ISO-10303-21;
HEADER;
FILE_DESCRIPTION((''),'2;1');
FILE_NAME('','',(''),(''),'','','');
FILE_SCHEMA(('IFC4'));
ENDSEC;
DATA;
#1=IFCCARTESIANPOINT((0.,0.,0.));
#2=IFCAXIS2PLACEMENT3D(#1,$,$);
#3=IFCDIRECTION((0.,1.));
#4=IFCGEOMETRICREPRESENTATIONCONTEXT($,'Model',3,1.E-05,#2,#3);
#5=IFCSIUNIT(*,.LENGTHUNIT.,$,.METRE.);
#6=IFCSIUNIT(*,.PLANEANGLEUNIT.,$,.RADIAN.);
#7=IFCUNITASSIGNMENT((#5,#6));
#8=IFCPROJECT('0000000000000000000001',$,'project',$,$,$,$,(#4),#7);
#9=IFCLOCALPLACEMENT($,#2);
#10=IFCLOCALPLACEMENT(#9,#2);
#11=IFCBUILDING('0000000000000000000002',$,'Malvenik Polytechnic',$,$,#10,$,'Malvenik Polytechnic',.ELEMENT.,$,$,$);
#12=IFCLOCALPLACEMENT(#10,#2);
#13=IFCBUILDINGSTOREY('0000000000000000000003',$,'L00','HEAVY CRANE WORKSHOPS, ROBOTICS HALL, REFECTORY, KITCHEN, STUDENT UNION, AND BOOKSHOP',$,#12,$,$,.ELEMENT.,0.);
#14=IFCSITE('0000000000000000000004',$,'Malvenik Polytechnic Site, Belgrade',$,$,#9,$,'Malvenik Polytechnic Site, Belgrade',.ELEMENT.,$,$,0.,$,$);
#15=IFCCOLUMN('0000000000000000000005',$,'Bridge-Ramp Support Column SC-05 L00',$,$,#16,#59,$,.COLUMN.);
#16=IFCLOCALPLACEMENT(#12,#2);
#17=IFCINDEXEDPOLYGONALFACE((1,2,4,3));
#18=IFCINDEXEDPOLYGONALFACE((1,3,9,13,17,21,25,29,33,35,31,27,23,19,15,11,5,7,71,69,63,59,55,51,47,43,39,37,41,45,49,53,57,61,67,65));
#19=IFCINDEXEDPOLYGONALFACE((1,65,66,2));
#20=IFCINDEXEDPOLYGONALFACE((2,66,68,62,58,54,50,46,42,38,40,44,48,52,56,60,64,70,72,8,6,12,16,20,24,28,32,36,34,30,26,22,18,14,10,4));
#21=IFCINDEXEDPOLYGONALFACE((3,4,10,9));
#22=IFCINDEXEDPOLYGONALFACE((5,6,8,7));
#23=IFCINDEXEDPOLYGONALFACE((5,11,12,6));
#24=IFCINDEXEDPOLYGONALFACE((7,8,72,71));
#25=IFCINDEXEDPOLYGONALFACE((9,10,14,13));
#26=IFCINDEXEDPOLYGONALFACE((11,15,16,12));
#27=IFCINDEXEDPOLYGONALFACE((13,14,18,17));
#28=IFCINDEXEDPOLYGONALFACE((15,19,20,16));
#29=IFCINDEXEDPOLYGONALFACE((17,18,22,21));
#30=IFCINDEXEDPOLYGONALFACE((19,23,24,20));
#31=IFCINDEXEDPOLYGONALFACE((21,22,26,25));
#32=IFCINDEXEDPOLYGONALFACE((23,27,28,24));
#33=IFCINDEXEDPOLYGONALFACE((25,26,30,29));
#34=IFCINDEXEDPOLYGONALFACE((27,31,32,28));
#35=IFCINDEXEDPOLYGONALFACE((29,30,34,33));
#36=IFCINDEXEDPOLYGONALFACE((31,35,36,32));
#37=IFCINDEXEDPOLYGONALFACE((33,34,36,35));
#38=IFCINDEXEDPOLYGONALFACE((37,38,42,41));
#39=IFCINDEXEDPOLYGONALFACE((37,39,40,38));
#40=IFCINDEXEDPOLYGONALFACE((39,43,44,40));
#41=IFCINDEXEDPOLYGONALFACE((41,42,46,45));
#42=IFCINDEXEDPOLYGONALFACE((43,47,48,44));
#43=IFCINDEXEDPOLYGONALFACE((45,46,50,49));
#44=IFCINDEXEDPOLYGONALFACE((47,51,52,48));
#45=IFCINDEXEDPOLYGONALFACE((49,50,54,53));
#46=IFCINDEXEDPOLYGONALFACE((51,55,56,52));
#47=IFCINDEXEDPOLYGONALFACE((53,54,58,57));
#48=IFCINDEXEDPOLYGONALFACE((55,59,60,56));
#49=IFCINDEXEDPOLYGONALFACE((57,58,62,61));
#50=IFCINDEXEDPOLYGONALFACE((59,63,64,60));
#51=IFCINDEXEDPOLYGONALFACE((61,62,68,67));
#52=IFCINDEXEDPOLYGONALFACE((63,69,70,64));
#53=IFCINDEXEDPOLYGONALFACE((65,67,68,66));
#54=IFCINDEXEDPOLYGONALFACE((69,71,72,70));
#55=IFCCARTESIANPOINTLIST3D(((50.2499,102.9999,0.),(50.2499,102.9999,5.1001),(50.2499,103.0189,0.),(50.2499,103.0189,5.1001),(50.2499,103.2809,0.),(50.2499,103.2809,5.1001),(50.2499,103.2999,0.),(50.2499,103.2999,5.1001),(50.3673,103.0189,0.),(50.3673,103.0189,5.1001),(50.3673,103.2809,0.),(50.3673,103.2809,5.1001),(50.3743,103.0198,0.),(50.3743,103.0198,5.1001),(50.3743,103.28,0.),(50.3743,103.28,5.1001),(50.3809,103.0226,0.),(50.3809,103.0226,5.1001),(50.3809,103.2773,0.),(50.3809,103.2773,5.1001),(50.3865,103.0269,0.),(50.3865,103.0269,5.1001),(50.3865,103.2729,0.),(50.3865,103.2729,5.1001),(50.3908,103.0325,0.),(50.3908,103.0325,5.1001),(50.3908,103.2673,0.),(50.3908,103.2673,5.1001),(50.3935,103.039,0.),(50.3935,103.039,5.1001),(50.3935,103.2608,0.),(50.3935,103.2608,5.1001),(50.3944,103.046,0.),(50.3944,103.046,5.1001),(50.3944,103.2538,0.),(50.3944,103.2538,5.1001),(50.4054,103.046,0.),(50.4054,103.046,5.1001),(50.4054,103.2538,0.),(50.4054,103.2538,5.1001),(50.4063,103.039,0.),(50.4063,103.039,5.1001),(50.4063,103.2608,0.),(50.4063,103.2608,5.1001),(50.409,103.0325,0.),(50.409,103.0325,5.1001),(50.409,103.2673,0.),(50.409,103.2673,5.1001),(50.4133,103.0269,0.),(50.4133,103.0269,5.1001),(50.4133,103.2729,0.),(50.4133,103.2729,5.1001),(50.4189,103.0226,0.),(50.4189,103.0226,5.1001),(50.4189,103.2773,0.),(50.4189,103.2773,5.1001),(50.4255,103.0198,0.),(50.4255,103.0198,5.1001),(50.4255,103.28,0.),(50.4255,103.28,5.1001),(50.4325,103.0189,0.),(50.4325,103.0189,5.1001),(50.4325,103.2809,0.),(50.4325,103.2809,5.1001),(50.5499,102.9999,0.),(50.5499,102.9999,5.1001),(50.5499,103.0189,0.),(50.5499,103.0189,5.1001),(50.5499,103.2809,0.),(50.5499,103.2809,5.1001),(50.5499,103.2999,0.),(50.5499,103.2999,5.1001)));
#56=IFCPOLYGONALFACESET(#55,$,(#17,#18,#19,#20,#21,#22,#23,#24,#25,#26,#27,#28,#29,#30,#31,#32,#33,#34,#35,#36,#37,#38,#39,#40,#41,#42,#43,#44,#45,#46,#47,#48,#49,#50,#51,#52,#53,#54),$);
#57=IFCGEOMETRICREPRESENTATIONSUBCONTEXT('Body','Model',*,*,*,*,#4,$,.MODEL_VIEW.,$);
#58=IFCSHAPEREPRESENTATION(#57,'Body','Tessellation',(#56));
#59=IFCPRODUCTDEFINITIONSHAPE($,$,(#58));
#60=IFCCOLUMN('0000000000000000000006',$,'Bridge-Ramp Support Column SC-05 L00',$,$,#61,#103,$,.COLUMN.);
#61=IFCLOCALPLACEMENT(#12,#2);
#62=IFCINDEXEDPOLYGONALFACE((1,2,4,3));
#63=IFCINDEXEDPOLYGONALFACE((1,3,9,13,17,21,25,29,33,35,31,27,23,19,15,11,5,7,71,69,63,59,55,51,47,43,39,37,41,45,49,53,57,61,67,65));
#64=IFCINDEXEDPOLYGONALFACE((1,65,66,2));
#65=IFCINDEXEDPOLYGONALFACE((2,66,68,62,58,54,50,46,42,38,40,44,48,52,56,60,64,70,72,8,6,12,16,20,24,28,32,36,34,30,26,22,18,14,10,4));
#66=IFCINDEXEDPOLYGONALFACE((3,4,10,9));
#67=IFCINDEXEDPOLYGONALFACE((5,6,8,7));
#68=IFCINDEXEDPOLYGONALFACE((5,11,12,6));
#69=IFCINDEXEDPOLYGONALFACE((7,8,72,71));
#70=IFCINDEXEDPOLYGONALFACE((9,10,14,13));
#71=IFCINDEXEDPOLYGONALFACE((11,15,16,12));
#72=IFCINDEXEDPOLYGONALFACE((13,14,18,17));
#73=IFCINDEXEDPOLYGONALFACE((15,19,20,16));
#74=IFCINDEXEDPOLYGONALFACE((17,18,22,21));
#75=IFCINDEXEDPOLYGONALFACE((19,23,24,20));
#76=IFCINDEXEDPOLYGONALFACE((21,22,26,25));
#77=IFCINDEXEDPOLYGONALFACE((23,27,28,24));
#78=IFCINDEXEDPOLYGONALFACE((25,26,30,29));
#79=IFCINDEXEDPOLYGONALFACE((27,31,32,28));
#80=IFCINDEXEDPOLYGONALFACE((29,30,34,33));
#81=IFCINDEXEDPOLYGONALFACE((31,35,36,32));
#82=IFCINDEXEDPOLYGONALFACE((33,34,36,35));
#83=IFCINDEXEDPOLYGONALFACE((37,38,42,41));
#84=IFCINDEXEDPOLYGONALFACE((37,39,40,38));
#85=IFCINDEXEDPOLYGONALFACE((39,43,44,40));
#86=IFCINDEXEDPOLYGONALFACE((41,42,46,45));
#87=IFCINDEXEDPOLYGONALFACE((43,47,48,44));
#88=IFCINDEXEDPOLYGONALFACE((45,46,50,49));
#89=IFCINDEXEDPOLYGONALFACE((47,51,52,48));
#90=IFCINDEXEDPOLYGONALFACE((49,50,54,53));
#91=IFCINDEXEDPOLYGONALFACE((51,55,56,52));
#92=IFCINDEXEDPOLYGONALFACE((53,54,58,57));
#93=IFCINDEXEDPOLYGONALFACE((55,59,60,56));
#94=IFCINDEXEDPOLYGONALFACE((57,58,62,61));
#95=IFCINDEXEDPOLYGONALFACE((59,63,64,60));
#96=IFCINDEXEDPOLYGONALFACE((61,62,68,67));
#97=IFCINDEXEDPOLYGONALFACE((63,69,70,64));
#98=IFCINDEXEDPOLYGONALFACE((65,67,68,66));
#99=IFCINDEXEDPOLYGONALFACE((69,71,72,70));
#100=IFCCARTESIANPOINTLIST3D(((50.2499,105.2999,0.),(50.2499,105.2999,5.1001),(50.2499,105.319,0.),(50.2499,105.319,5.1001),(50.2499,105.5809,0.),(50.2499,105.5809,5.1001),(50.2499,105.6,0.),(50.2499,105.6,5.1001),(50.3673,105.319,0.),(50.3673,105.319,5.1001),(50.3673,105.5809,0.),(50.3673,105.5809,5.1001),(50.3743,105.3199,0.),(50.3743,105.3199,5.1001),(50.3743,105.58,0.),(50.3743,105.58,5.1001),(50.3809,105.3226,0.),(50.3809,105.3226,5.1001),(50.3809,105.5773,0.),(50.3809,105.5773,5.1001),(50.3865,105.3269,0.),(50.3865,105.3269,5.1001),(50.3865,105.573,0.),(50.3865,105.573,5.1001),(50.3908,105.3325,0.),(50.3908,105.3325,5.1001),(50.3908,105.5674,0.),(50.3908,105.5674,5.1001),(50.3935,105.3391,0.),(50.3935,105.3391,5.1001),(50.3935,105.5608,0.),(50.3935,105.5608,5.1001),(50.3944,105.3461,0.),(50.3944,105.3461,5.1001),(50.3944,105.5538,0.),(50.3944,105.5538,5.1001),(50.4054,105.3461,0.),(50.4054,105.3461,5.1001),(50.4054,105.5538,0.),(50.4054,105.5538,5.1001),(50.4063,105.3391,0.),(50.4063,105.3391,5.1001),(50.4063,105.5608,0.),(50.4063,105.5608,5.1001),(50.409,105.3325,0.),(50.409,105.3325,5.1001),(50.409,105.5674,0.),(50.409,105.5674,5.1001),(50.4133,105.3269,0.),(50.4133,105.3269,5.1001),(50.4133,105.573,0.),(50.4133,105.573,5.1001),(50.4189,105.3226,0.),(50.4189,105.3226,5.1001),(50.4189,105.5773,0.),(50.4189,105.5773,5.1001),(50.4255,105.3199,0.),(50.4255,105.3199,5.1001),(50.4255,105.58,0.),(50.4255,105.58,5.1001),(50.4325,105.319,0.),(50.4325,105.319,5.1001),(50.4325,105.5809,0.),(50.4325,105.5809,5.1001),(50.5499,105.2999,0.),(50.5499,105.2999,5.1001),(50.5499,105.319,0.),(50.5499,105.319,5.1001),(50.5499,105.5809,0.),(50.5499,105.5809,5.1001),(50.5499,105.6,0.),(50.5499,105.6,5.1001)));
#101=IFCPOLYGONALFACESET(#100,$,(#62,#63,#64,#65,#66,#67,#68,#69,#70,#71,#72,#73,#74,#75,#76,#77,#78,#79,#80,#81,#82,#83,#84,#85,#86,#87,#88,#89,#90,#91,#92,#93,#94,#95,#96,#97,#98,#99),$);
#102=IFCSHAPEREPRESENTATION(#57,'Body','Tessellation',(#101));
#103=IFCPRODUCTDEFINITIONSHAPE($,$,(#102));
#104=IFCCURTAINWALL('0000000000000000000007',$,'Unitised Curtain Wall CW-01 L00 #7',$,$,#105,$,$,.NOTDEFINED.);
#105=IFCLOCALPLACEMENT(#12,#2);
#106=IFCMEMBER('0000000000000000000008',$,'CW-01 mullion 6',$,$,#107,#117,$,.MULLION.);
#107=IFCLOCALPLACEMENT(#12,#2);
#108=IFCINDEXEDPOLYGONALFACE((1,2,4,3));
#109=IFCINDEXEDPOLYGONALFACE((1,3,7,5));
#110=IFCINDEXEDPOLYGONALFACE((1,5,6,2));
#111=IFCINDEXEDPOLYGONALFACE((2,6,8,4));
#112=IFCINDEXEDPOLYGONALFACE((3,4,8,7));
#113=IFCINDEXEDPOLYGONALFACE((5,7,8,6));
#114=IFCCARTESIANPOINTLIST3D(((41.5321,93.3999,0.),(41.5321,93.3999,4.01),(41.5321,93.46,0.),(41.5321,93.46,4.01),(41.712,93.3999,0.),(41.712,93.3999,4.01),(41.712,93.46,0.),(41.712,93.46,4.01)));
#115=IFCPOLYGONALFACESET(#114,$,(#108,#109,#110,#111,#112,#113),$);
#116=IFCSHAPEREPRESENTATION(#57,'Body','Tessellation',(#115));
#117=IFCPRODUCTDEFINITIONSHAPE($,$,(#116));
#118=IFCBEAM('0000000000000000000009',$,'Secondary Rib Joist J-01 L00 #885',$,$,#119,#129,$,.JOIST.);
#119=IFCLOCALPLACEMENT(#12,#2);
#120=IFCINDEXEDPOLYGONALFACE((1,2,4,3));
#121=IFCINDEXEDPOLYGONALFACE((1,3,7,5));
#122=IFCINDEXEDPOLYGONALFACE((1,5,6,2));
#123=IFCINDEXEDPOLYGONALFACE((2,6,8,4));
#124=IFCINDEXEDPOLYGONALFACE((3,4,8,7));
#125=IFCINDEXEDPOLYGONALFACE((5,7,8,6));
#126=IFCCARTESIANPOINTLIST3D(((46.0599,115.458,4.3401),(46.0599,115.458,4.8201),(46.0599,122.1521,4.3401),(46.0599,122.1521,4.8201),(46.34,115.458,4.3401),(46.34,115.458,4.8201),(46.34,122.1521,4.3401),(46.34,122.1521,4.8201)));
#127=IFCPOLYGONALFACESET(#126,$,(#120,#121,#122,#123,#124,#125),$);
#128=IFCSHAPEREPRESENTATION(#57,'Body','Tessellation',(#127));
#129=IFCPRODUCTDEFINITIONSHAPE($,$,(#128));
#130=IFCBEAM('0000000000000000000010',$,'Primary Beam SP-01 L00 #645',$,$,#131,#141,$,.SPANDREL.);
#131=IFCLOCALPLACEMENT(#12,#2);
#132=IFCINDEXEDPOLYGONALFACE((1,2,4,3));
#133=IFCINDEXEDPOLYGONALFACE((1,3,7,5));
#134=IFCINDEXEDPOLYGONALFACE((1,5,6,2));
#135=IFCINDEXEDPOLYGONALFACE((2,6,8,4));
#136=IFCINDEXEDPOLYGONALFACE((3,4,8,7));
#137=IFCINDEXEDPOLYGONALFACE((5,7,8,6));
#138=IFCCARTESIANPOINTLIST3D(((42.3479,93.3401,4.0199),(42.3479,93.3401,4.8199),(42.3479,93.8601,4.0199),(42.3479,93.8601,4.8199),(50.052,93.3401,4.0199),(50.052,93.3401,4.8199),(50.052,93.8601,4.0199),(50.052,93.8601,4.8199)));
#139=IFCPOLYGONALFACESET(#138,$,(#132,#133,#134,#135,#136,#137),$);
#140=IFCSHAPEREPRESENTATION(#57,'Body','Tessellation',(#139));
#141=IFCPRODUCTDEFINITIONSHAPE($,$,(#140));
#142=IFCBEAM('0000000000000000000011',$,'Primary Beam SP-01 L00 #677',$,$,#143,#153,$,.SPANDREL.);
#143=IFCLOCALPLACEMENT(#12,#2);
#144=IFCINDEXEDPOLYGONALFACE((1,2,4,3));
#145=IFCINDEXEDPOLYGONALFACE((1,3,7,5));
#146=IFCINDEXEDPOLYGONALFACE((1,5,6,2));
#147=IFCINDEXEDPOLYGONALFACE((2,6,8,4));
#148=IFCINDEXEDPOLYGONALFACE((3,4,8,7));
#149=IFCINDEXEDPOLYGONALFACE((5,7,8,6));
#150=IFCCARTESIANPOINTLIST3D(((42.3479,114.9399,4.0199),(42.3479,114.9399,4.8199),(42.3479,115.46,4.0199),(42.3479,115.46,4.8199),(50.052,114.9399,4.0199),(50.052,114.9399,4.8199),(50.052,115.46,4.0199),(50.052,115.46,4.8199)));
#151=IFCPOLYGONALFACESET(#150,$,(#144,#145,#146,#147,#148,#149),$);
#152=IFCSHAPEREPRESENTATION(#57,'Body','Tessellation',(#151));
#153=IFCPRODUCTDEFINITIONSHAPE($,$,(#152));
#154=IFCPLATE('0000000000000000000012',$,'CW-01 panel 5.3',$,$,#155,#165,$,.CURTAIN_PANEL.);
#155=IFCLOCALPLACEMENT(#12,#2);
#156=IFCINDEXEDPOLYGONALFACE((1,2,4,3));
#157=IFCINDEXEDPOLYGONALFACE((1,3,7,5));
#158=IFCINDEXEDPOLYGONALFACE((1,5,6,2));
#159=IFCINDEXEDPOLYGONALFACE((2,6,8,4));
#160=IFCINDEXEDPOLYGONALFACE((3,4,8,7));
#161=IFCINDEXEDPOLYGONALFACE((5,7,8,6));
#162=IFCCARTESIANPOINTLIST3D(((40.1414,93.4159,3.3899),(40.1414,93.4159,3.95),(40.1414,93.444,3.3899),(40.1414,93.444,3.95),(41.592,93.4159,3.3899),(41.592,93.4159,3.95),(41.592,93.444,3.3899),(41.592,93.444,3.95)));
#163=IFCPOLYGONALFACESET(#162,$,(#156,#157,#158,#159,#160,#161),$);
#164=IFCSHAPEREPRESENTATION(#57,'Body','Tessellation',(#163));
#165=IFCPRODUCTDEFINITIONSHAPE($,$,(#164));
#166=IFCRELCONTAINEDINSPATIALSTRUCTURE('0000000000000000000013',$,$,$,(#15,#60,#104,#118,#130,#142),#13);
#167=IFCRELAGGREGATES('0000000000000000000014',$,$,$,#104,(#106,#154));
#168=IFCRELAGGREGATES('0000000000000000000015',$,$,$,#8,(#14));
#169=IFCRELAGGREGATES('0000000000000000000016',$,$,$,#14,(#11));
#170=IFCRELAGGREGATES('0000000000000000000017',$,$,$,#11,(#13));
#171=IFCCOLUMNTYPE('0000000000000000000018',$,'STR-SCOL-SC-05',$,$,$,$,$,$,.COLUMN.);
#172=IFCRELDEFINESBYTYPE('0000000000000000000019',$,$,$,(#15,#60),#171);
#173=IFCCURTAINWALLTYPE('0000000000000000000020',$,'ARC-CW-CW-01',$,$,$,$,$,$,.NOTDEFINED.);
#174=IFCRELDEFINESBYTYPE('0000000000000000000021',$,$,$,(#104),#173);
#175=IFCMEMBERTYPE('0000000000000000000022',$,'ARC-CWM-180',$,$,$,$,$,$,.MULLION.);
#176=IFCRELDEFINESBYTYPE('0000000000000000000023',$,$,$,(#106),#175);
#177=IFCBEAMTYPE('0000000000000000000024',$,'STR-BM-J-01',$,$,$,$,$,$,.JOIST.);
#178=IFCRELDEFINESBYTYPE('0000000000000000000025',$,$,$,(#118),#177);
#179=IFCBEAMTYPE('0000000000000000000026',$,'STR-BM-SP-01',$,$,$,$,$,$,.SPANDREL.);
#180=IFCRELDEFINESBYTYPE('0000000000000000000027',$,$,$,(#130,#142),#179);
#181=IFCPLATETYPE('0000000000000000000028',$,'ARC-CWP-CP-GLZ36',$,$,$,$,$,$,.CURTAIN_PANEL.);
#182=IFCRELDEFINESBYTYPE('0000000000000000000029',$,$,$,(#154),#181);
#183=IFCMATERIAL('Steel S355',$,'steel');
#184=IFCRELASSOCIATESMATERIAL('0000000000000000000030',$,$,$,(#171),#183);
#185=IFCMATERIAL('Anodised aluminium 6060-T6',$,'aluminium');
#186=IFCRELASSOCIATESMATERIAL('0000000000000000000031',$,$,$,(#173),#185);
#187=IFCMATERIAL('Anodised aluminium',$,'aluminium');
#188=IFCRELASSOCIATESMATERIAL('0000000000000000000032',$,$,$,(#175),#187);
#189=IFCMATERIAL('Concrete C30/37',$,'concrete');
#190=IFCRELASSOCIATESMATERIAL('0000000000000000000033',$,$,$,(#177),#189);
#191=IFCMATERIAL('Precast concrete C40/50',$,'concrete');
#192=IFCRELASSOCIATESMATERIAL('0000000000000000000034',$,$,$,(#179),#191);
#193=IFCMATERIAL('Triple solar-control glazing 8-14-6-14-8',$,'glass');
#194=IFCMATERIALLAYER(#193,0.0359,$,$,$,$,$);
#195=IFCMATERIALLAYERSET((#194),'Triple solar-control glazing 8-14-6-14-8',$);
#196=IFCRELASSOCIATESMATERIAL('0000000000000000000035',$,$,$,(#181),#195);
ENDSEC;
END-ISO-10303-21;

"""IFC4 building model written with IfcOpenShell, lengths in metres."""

from ifc_helpers import new_model, si_unit, direction, frame, origin, origin_2d, place, context, subcontext, project, spatial, rectangle, i_section, extrude, material, layer, layer_set, material_profile, profile_set, type_object, element, aggregate, save


model = new_model("IFC4")

# Units and contexts
model_context = context("Model", 3, precision=1e-05, world=origin(), true_north=direction((0.0, 1.0)))
body_context = subcontext(model_context, "Body", "Model", "MODEL_VIEW")
ifc_project = project(units=[si_unit("LENGTHUNIT", "METRE"), si_unit("PLANEANGLEUNIT", "RADIAN")], contexts=[model_context])

# Site, building, storey
site_placement = place(None, origin())
site = spatial("IfcSite", under=ifc_project, at=site_placement, Name="Malvenik Polytechnic Site, Belgrade", LongName="Malvenik Polytechnic Site, Belgrade", CompositionType="ELEMENT", RefElevation=0.0)
building_placement = place(site_placement, origin())
building = spatial("IfcBuilding", under=site, at=building_placement, Name="Malvenik Polytechnic", LongName="Malvenik Polytechnic", CompositionType="ELEMENT")
storey_placement = place(building_placement, origin())
storey = spatial("IfcBuildingStorey", under=building, at=storey_placement, Name="L00", Description="HEAVY CRANE WORKSHOPS, ROBOTICS HALL, REFECTORY, KITCHEN, STUDENT UNION, AND BOOKSHOP", CompositionType="ELEMENT", Elevation=0.0)

# Columns
ifc_material_1 = material(Name="Steel S355", Category="steel")
ifc_material_profile_1 = material_profile(ifc_material_1, i_section(OverallWidth=0.3, OverallDepth=0.3, WebThickness=0.011, FlangeThickness=0.019, FilletRadius=0.0271, at=origin_2d()), Name="HEB 300")
ifc_profile_set_1 = profile_set([ifc_material_profile_1], Name="Steel S355")
column_type_1 = type_object("IfcColumnType", Name="STR-SCOL-SC-05", PredefinedType="COLUMN", material=ifc_profile_set_1)
for number, where, z_axis, x_axis, name in (
    (1, (50.3999, 103.1499, 0.0), (0.0, 0.0, 1.0), (1.0, 0.0, 0.0), "Bridge-Ramp Support Column SC-05 L00"),
    (2, (50.3999, 105.45, 0.0), (0.0, 0.0, 1.0), (1.0, 0.0, 0.0), "Bridge-Ramp Support Column SC-05 L00"),
):
    element("IfcColumn", number, at=place(storey_placement, frame(where, z_axis=z_axis, x_axis=x_axis)), inside=storey, type_object=column_type_1, Name=name, PredefinedType="COLUMN", context=body_context, shape_type="SweptSolid", body=[
        extrude(i_section(OverallWidth=0.3, OverallDepth=0.3, WebThickness=0.011, FlangeThickness=0.019, FilletRadius=0.0271, at=origin_2d()), origin(), (0.0, 0.0, 1.0), 5.1001),
    ])

# Curtain wall, member
ifc_material_2 = material(Name="Anodised aluminium 6060-T6", Category="aluminium")
curtain_wall_type = type_object("IfcCurtainWallType", Name="ARC-CW-CW-01", PredefinedType="NOTDEFINED", material=ifc_material_2)
curtain_wall_placement = place(storey_placement, origin())
curtain_wall = element("IfcCurtainWall", 3, at=curtain_wall_placement, inside=storey, type_object=curtain_wall_type, Name="Unitised Curtain Wall CW-01 L00 #7", PredefinedType="NOTDEFINED")
ifc_material_3 = material(Name="Anodised aluminium", Category="aluminium")
ifc_material_profile_2 = material_profile(ifc_material_3, rectangle(XDim=0.0601, YDim=0.1799, at=origin_2d()), Name="ALU MULLION 60x180")
ifc_profile_set_2 = profile_set([ifc_material_profile_2], Name="Anodised aluminium")
member_type = type_object("IfcMemberType", Name="ARC-CWM-180", PredefinedType="MULLION", material=ifc_profile_set_2)
member_placement = place(storey_placement, frame((41.6221, 93.4299, 0.0), z_axis=(0.0, 0.0, 1.0), x_axis=(0.0, 1.0, 0.0)))
member = element("IfcMember", 4, at=member_placement, type_object=member_type, Name="CW-01 mullion 6", PredefinedType="MULLION", context=body_context, shape_type="SweptSolid", body=[
    extrude(rectangle(XDim=0.0601, YDim=0.1799, at=origin_2d()), origin(), (0.0, 0.0, 1.0), 4.01),
])

# Beams
ifc_material_4 = material(Name="Concrete C30/37", Category="concrete")
ifc_material_profile_3 = material_profile(ifc_material_4, rectangle(XDim=0.28, YDim=0.48, at=origin_2d()), Name="RC JST 280x480")
ifc_profile_set_3 = profile_set([ifc_material_profile_3], Name="Concrete C30/37")
beam_type_1 = type_object("IfcBeamType", Name="STR-BM-J-01", PredefinedType="JOIST", material=ifc_profile_set_3)
beam_placement = place(storey_placement, frame((46.2, 115.458, 4.5801), z_axis=(0.0, 1.0, 0.0), x_axis=(-1.0, 0.0, 0.0)))
element("IfcBeam", 5, at=beam_placement, inside=storey, type_object=beam_type_1, Name="Secondary Rib Joist J-01 L00 #885", PredefinedType="JOIST", context=body_context, shape_type="SweptSolid", body=[
    extrude(rectangle(XDim=0.28, YDim=0.48, at=origin_2d()), origin(), (0.0, 0.0, 1.0), 6.6941),
])
ifc_material_5 = material(Name="Precast concrete C40/50", Category="concrete")
ifc_material_profile_4 = material_profile(ifc_material_5, rectangle(XDim=0.52, YDim=0.8, at=origin_2d()), Name="PC SPN 520x800")
ifc_profile_set_4 = profile_set([ifc_material_profile_4], Name="Precast concrete C40/50")
beam_type_2 = type_object("IfcBeamType", Name="STR-BM-SP-01", PredefinedType="SPANDREL", material=ifc_profile_set_4)
for number, where, z_axis, x_axis, name in (
    (6, (42.3479, 93.6001, 4.4199), (1.0, 0.0, 0.0), (0.0, 1.0, 0.0), "Primary Beam SP-01 L00 #645"),
    (7, (42.3479, 115.2, 4.4199), (1.0, 0.0, 0.0), (0.0, 1.0, 0.0), "Primary Beam SP-01 L00 #677"),
):
    element("IfcBeam", number, at=place(storey_placement, frame(where, z_axis=z_axis, x_axis=x_axis)), inside=storey, type_object=beam_type_2, Name=name, PredefinedType="SPANDREL", context=body_context, shape_type="SweptSolid", body=[
        extrude(rectangle(XDim=0.52, YDim=0.8, at=origin_2d()), origin(), (0.0, 0.0, 1.0), 7.7041),
    ])

# Plate
ifc_material_6 = material(Name="Triple solar-control glazing 8-14-6-14-8", Category="glass")
ifc_layer_1 = layer(ifc_material_6, 0.0359)
ifc_layer_set_1 = layer_set([ifc_layer_1], Name="Triple solar-control glazing 8-14-6-14-8")
plate_type = type_object("IfcPlateType", Name="ARC-CWP-CP-GLZ36", PredefinedType="CURTAIN_PANEL", material=ifc_layer_set_1)
plate_placement = place(storey_placement, frame((40.8667, 93.4299, 3.3899), z_axis=(0.0, 0.0, 1.0), x_axis=(1.0, 0.0, 0.0)))
plate = element("IfcPlate", 8, at=plate_placement, type_object=plate_type, Name="CW-01 panel 5.3", PredefinedType="CURTAIN_PANEL", context=body_context, shape_type="SweptSolid", body=[
    extrude(rectangle(XDim=1.4507, YDim=0.0281, at=origin_2d()), origin(), (0.0, 0.0, 1.0), 0.5601),
])
aggregate(curtain_wall, [member, plate])

save(model, "model.ifc")
